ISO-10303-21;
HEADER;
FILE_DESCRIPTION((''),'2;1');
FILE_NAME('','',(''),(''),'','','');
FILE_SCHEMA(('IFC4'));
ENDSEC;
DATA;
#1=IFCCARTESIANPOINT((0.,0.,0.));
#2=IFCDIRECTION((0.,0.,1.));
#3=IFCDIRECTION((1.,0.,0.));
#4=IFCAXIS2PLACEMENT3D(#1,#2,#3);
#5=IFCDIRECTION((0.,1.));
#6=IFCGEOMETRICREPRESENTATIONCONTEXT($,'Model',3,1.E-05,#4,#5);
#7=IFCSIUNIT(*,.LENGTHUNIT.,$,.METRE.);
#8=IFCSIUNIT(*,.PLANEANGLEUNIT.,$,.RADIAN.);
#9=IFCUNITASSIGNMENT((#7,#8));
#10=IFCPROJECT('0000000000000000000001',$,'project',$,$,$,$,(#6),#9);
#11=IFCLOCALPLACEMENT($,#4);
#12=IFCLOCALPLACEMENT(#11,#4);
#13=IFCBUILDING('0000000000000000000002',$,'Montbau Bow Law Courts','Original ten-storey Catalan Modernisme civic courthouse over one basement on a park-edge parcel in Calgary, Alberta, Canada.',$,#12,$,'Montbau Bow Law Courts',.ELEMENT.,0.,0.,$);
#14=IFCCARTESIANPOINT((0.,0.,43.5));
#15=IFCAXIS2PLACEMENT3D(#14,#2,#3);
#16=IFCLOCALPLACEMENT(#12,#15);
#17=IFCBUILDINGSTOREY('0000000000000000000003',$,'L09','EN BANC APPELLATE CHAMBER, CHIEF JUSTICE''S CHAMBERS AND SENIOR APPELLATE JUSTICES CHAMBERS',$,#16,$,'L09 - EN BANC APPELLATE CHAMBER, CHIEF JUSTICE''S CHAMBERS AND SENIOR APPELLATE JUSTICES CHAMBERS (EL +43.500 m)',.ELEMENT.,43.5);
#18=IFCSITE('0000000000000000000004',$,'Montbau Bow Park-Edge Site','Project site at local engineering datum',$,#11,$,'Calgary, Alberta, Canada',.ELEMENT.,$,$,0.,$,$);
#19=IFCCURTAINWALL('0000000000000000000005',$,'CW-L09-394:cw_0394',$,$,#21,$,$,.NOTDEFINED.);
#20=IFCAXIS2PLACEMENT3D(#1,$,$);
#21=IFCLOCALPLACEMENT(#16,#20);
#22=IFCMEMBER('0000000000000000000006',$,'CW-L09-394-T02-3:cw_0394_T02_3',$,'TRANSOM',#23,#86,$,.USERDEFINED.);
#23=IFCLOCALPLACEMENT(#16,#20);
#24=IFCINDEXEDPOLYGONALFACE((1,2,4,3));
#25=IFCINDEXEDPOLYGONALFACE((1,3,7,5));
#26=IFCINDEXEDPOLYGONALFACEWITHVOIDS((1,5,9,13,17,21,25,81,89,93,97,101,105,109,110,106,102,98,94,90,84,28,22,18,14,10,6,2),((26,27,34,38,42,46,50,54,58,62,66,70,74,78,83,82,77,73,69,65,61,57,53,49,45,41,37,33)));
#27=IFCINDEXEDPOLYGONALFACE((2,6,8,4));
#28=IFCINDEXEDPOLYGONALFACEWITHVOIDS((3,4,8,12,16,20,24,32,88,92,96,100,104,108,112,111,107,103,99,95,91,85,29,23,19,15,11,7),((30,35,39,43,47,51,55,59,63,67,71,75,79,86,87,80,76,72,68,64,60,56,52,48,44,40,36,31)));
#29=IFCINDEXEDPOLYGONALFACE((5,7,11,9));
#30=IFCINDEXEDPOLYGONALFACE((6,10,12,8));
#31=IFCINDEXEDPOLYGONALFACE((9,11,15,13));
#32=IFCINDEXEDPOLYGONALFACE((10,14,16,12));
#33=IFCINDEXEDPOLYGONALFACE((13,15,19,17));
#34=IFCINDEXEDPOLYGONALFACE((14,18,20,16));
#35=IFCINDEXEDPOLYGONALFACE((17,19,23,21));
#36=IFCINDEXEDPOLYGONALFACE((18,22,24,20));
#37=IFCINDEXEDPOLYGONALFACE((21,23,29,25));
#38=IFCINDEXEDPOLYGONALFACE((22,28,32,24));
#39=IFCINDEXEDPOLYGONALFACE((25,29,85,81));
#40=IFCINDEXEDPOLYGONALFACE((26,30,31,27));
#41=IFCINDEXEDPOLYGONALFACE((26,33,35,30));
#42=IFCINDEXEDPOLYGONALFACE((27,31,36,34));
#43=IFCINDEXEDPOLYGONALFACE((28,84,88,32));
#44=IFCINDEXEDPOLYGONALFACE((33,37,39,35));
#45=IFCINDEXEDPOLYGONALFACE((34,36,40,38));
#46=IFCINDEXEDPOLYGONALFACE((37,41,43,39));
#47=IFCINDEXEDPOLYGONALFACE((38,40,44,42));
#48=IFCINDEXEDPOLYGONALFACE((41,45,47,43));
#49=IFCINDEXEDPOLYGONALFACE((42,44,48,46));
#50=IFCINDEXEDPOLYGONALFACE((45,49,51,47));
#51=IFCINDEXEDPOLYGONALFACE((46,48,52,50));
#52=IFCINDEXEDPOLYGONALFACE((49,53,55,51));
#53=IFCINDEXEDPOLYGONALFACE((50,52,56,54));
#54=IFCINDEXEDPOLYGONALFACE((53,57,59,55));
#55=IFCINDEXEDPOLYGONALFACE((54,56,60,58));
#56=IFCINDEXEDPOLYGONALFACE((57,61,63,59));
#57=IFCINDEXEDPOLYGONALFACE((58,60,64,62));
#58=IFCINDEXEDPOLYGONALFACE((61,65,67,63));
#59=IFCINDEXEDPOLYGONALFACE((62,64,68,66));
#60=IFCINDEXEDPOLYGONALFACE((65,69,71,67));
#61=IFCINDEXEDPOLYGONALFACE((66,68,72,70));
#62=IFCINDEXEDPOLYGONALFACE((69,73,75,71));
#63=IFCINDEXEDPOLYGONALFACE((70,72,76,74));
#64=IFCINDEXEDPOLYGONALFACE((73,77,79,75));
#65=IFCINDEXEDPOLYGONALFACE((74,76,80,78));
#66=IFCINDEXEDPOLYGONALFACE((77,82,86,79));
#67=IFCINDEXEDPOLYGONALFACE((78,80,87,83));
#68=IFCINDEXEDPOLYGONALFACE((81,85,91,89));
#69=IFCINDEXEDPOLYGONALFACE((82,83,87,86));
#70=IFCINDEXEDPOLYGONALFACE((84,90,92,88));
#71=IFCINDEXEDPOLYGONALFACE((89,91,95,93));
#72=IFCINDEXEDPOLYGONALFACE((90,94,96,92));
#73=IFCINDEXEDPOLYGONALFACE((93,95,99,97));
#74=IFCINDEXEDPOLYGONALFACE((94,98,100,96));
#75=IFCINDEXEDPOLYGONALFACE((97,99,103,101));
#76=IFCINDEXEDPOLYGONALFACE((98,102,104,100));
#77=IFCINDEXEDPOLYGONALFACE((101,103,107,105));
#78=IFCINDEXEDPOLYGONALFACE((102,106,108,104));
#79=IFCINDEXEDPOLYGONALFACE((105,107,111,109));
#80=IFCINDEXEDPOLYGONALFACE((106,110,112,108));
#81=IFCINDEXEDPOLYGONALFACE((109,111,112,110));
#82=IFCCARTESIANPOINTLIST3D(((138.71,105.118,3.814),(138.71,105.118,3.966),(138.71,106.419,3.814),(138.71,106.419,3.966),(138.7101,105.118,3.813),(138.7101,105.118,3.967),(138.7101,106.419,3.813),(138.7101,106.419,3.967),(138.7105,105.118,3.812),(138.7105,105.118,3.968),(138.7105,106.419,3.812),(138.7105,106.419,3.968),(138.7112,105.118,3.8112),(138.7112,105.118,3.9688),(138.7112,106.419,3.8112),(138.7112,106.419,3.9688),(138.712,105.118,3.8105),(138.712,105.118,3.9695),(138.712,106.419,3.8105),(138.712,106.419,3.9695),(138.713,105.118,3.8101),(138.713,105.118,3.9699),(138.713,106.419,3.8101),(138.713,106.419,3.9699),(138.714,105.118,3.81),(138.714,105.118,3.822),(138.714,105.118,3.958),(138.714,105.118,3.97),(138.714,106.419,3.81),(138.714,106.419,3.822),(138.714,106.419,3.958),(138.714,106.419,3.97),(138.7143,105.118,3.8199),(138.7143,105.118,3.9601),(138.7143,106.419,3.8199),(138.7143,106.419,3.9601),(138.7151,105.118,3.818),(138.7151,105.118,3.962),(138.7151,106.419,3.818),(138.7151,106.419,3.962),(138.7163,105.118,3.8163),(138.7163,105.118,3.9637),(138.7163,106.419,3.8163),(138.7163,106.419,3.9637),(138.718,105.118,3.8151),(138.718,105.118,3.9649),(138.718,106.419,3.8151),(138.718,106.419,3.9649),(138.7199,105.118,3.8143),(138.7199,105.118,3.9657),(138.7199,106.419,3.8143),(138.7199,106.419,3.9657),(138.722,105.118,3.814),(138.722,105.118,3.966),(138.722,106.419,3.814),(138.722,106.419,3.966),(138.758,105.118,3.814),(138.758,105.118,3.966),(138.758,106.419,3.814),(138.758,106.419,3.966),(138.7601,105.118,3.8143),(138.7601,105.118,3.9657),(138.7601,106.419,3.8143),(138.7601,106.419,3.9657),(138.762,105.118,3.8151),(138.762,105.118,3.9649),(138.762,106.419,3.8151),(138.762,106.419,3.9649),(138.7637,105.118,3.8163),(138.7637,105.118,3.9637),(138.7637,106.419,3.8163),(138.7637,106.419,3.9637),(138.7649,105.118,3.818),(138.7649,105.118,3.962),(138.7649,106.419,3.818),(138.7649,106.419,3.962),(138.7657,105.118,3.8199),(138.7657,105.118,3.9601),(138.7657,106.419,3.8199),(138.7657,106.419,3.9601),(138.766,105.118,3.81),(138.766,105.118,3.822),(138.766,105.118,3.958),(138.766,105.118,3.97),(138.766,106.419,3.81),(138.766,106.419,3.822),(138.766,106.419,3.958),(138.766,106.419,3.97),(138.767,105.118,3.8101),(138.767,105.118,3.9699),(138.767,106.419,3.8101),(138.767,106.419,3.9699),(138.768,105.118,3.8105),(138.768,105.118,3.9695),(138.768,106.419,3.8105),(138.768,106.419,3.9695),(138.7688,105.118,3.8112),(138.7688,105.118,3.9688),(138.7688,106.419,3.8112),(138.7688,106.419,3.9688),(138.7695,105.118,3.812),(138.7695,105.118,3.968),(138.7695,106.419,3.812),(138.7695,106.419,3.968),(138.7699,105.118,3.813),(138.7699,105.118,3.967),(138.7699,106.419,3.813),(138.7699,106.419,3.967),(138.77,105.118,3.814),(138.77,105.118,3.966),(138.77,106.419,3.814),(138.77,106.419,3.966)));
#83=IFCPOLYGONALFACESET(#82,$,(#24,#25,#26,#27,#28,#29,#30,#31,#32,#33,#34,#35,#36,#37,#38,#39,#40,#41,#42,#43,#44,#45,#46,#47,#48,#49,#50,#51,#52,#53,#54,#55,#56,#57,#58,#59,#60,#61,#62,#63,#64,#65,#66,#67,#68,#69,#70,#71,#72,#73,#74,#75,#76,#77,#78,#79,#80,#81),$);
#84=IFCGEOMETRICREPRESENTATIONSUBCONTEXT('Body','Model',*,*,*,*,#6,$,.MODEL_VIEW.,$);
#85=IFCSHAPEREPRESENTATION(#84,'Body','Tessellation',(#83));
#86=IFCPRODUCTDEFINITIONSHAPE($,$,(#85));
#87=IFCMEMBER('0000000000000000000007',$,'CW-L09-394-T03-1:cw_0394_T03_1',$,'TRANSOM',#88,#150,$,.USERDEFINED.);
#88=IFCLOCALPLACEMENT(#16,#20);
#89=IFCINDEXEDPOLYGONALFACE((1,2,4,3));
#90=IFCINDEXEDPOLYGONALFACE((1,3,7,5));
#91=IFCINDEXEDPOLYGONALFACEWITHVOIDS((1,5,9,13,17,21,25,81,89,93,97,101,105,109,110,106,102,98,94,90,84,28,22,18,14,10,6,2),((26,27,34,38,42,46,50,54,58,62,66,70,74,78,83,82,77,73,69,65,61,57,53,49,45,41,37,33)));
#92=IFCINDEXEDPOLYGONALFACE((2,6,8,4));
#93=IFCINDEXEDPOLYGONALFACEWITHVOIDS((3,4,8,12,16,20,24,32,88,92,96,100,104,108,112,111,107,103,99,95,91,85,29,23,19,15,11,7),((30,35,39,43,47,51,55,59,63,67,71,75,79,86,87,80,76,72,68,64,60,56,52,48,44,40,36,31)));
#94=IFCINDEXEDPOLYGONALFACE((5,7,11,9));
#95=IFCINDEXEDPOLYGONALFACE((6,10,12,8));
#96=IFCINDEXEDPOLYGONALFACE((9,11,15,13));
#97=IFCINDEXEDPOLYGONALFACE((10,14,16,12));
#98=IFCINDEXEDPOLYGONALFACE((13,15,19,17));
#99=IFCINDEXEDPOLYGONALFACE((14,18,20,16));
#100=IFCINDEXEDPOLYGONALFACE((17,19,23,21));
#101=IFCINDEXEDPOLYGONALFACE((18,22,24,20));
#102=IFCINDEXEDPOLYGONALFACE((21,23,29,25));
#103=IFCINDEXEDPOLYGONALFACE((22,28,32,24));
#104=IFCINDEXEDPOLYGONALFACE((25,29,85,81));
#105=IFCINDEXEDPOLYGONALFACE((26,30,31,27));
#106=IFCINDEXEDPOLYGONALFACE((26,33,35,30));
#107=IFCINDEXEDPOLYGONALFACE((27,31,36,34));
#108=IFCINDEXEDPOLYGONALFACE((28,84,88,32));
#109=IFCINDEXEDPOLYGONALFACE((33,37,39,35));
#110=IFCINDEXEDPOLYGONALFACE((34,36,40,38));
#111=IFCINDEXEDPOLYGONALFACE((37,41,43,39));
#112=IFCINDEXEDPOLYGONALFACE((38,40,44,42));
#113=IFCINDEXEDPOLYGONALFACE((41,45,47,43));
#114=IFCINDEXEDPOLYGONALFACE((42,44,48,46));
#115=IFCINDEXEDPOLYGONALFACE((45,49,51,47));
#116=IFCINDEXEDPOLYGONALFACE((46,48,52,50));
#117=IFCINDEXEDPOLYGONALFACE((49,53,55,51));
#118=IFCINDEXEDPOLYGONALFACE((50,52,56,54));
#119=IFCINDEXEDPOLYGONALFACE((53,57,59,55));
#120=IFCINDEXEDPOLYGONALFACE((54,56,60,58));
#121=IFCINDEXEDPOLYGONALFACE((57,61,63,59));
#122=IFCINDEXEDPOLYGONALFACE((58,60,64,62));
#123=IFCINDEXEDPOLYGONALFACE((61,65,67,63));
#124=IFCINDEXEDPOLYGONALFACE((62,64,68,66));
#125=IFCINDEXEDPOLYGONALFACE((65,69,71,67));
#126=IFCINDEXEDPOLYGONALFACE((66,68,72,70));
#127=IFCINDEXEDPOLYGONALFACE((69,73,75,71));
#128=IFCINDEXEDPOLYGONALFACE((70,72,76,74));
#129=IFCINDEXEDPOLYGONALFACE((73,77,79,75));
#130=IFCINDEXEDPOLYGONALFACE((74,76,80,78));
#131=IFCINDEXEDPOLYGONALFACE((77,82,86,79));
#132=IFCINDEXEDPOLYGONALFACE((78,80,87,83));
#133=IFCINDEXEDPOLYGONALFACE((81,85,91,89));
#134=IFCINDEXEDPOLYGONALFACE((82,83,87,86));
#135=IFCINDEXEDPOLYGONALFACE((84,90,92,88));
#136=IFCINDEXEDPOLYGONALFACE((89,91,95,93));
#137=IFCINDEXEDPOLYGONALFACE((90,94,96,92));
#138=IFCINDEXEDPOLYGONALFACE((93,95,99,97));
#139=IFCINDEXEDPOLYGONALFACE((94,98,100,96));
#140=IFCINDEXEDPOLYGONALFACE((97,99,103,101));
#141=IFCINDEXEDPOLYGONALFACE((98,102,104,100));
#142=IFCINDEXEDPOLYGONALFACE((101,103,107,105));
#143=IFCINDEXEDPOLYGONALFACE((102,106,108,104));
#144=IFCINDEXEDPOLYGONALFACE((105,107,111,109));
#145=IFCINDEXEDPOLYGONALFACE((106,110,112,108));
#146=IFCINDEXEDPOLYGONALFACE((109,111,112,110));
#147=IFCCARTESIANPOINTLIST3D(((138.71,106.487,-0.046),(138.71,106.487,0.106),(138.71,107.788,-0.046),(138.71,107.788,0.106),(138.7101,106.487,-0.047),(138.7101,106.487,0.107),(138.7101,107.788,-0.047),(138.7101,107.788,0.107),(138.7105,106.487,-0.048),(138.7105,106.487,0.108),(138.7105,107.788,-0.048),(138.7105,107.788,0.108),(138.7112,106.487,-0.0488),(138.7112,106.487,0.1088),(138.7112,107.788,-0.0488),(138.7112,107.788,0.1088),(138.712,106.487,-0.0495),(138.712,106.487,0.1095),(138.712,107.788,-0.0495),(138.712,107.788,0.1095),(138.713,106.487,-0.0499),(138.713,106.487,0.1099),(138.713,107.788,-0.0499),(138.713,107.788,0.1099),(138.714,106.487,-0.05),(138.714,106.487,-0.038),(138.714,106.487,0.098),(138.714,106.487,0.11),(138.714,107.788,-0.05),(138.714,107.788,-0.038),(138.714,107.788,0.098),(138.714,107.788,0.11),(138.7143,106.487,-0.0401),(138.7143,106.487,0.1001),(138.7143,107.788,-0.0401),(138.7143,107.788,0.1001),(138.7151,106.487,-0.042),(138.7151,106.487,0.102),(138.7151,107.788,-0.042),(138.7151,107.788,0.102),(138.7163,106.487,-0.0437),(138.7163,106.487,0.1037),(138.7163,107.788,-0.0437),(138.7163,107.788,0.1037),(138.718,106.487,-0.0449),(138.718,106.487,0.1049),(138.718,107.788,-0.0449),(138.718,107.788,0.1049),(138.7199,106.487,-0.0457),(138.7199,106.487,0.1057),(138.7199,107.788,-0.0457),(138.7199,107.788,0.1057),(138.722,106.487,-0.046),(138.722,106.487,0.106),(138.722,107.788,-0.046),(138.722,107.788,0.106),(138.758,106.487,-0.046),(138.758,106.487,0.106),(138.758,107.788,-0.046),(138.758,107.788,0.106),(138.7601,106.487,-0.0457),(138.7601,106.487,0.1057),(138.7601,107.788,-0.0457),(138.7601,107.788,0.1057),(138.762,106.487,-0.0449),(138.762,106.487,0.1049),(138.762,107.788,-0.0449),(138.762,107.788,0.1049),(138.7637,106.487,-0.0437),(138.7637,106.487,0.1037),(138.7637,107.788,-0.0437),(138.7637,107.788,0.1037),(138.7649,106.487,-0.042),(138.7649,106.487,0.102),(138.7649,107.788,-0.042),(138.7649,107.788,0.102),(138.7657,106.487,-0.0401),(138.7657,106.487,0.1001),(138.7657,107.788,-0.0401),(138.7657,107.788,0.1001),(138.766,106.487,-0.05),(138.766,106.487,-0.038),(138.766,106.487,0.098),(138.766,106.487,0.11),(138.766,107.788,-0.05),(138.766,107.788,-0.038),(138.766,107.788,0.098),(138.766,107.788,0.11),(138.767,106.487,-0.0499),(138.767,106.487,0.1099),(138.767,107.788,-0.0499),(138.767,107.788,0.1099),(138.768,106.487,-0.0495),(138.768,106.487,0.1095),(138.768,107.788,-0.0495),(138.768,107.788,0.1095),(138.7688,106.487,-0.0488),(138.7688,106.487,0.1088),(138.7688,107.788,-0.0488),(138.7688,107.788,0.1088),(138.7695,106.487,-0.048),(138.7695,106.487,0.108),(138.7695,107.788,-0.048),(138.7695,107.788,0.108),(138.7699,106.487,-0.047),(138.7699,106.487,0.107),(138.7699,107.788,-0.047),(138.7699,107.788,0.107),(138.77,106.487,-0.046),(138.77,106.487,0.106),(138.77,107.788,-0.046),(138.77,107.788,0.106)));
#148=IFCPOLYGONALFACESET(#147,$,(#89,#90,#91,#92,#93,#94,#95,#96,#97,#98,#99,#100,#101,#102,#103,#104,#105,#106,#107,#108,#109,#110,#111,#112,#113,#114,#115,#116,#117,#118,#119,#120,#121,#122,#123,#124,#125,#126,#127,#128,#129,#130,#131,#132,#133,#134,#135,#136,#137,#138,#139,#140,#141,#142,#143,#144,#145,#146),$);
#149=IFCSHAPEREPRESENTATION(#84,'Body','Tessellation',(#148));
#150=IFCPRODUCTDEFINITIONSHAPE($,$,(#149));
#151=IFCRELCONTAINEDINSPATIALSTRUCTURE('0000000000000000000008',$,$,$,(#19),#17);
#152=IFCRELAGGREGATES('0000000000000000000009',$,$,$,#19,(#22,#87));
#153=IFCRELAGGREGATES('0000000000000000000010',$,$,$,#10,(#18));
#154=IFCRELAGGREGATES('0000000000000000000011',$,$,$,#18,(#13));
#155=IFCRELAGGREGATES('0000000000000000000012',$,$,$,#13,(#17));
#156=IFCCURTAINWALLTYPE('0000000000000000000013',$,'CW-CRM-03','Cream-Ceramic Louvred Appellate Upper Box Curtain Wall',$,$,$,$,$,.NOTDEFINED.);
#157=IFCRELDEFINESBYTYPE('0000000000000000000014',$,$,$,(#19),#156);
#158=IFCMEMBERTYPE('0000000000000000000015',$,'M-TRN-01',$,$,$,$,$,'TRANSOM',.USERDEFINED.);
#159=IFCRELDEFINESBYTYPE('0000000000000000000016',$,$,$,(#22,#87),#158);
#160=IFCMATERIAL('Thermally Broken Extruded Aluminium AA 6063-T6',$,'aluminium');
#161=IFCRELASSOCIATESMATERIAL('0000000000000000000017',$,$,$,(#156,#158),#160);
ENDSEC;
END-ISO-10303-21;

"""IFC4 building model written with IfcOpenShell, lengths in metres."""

from ifc_helpers import new_model, si_unit, direction, frame, origin_with_axes, origin_2d_with_axis, place, context, subcontext, project, spatial, hollow_rectangle, extrude, material, material_profile, profile_set, type_object, element, aggregate, save


model = new_model("IFC4")

# Units and contexts
model_context = context("Model", 3, precision=1e-05, world=origin_with_axes(), true_north=direction((0.0, 1.0)))
body_context = subcontext(model_context, "Body", "Model", "MODEL_VIEW")
ifc_project = project(units=[si_unit("LENGTHUNIT", "METRE"), si_unit("PLANEANGLEUNIT", "RADIAN")], contexts=[model_context])

# Site, building, storey
site_placement = place(None, origin_with_axes())
site = spatial("IfcSite", under=ifc_project, at=site_placement, Name="Montbau Bow Park-Edge Site", Description="Project site at local engineering datum", LongName="Calgary, Alberta, Canada", CompositionType="ELEMENT", RefElevation=0.0)
building_placement = place(site_placement, origin_with_axes())
building = spatial("IfcBuilding", under=site, at=building_placement, Name="Montbau Bow Law Courts", Description="Original ten-storey Catalan Modernisme civic courthouse over one basement on a park-edge parcel in Calgary, Alberta, Canada.", LongName="Montbau Bow Law Courts", CompositionType="ELEMENT", ElevationOfRefHeight=0.0, ElevationOfTerrain=0.0)
storey_placement = place(building_placement, frame((0.0, 0.0, 43.5), z_axis=(0.0, 0.0, 1.0), x_axis=(1.0, 0.0, 0.0)))
storey = spatial("IfcBuildingStorey", under=building, at=storey_placement, Name="L09", Description="EN BANC APPELLATE CHAMBER, CHIEF JUSTICE'S CHAMBERS AND SENIOR APPELLATE JUSTICES CHAMBERS", LongName="L09 - EN BANC APPELLATE CHAMBER, CHIEF JUSTICE'S CHAMBERS AND SENIOR APPELLATE JUSTICES CHAMBERS (EL +43.500 m)", CompositionType="ELEMENT", Elevation=43.5)

# Shared definitions
ifc_material_1 = material(Name="Thermally Broken Extruded Aluminium AA 6063-T6", Category="aluminium")
curtain_wall_type = type_object("IfcCurtainWallType", Name="CW-CRM-03", Description="Cream-Ceramic Louvred Appellate Upper Box Curtain Wall", PredefinedType="NOTDEFINED", material=ifc_material_1)

# Curtain wall, members
curtain_wall_1_placement = place(None, frame((138.74, 103.715, 43.5), z_axis=(0.0, 0.0, 1.0), x_axis=(1.0, 0.0, 0.0)))
curtain_wall_1 = element("IfcCurtainWall", 1, at=curtain_wall_1_placement, inside=storey, type_object=curtain_wall_type, Name="CW-L09-394:cw_0394", PredefinedType="NOTDEFINED")
ifc_material_profile_1 = material_profile(ifc_material_1, hollow_rectangle(XDim=0.06, YDim=0.16, WallThickness=0.004, InnerFilletRadius=0.008, OuterFilletRadius=0.004, at=origin_2d_with_axis()), Name="CWT-160X60", Category="Main", Priority=0)
ifc_profile_set_1 = profile_set([ifc_material_profile_1], Name="Thermally Broken Extruded Aluminium AA 6063-T6")
member_type_1 = type_object("IfcMemberType", Name="M-TRN-01", ElementType="TRANSOM", PredefinedType="USERDEFINED", material=ifc_profile_set_1)
member_1_placement = place(None, frame((138.74, 105.118, 47.39), z_axis=(0.0, 1.0, 0.0), x_axis=(-1.0, 0.0, 0.0)))
member_1 = element("IfcMember", 2, at=member_1_placement, type_object=member_type_1, Name="CW-L09-394-T02-3:cw_0394_T02_3", ObjectType="TRANSOM", PredefinedType="USERDEFINED", context=body_context, shape_type="SweptSolid", body=[
    extrude(hollow_rectangle(XDim=0.06, YDim=0.16, WallThickness=0.004, InnerFilletRadius=0.008, OuterFilletRadius=0.004, at=origin_2d_with_axis()), origin_with_axes(), (0.0, 0.0, 1.0), 1.301),
])
member_2_placement = place(None, frame((138.74, 106.487, 43.53), z_axis=(0.0, 1.0, 0.0), x_axis=(-1.0, 0.0, 0.0)))
member_2 = element("IfcMember", 3, at=member_2_placement, type_object=member_type_1, Name="CW-L09-394-T03-1:cw_0394_T03_1", ObjectType="TRANSOM", PredefinedType="USERDEFINED", context=body_context, shape_type="SweptSolid", body=[
    extrude(hollow_rectangle(XDim=0.06, YDim=0.16, WallThickness=0.004, InnerFilletRadius=0.008, OuterFilletRadius=0.004, at=origin_2d_with_axis()), origin_with_axes(), (0.0, 0.0, 1.0), 1.301),
])

aggregate(curtain_wall_1, [member_1, member_2])

save(model, "model.ifc")
